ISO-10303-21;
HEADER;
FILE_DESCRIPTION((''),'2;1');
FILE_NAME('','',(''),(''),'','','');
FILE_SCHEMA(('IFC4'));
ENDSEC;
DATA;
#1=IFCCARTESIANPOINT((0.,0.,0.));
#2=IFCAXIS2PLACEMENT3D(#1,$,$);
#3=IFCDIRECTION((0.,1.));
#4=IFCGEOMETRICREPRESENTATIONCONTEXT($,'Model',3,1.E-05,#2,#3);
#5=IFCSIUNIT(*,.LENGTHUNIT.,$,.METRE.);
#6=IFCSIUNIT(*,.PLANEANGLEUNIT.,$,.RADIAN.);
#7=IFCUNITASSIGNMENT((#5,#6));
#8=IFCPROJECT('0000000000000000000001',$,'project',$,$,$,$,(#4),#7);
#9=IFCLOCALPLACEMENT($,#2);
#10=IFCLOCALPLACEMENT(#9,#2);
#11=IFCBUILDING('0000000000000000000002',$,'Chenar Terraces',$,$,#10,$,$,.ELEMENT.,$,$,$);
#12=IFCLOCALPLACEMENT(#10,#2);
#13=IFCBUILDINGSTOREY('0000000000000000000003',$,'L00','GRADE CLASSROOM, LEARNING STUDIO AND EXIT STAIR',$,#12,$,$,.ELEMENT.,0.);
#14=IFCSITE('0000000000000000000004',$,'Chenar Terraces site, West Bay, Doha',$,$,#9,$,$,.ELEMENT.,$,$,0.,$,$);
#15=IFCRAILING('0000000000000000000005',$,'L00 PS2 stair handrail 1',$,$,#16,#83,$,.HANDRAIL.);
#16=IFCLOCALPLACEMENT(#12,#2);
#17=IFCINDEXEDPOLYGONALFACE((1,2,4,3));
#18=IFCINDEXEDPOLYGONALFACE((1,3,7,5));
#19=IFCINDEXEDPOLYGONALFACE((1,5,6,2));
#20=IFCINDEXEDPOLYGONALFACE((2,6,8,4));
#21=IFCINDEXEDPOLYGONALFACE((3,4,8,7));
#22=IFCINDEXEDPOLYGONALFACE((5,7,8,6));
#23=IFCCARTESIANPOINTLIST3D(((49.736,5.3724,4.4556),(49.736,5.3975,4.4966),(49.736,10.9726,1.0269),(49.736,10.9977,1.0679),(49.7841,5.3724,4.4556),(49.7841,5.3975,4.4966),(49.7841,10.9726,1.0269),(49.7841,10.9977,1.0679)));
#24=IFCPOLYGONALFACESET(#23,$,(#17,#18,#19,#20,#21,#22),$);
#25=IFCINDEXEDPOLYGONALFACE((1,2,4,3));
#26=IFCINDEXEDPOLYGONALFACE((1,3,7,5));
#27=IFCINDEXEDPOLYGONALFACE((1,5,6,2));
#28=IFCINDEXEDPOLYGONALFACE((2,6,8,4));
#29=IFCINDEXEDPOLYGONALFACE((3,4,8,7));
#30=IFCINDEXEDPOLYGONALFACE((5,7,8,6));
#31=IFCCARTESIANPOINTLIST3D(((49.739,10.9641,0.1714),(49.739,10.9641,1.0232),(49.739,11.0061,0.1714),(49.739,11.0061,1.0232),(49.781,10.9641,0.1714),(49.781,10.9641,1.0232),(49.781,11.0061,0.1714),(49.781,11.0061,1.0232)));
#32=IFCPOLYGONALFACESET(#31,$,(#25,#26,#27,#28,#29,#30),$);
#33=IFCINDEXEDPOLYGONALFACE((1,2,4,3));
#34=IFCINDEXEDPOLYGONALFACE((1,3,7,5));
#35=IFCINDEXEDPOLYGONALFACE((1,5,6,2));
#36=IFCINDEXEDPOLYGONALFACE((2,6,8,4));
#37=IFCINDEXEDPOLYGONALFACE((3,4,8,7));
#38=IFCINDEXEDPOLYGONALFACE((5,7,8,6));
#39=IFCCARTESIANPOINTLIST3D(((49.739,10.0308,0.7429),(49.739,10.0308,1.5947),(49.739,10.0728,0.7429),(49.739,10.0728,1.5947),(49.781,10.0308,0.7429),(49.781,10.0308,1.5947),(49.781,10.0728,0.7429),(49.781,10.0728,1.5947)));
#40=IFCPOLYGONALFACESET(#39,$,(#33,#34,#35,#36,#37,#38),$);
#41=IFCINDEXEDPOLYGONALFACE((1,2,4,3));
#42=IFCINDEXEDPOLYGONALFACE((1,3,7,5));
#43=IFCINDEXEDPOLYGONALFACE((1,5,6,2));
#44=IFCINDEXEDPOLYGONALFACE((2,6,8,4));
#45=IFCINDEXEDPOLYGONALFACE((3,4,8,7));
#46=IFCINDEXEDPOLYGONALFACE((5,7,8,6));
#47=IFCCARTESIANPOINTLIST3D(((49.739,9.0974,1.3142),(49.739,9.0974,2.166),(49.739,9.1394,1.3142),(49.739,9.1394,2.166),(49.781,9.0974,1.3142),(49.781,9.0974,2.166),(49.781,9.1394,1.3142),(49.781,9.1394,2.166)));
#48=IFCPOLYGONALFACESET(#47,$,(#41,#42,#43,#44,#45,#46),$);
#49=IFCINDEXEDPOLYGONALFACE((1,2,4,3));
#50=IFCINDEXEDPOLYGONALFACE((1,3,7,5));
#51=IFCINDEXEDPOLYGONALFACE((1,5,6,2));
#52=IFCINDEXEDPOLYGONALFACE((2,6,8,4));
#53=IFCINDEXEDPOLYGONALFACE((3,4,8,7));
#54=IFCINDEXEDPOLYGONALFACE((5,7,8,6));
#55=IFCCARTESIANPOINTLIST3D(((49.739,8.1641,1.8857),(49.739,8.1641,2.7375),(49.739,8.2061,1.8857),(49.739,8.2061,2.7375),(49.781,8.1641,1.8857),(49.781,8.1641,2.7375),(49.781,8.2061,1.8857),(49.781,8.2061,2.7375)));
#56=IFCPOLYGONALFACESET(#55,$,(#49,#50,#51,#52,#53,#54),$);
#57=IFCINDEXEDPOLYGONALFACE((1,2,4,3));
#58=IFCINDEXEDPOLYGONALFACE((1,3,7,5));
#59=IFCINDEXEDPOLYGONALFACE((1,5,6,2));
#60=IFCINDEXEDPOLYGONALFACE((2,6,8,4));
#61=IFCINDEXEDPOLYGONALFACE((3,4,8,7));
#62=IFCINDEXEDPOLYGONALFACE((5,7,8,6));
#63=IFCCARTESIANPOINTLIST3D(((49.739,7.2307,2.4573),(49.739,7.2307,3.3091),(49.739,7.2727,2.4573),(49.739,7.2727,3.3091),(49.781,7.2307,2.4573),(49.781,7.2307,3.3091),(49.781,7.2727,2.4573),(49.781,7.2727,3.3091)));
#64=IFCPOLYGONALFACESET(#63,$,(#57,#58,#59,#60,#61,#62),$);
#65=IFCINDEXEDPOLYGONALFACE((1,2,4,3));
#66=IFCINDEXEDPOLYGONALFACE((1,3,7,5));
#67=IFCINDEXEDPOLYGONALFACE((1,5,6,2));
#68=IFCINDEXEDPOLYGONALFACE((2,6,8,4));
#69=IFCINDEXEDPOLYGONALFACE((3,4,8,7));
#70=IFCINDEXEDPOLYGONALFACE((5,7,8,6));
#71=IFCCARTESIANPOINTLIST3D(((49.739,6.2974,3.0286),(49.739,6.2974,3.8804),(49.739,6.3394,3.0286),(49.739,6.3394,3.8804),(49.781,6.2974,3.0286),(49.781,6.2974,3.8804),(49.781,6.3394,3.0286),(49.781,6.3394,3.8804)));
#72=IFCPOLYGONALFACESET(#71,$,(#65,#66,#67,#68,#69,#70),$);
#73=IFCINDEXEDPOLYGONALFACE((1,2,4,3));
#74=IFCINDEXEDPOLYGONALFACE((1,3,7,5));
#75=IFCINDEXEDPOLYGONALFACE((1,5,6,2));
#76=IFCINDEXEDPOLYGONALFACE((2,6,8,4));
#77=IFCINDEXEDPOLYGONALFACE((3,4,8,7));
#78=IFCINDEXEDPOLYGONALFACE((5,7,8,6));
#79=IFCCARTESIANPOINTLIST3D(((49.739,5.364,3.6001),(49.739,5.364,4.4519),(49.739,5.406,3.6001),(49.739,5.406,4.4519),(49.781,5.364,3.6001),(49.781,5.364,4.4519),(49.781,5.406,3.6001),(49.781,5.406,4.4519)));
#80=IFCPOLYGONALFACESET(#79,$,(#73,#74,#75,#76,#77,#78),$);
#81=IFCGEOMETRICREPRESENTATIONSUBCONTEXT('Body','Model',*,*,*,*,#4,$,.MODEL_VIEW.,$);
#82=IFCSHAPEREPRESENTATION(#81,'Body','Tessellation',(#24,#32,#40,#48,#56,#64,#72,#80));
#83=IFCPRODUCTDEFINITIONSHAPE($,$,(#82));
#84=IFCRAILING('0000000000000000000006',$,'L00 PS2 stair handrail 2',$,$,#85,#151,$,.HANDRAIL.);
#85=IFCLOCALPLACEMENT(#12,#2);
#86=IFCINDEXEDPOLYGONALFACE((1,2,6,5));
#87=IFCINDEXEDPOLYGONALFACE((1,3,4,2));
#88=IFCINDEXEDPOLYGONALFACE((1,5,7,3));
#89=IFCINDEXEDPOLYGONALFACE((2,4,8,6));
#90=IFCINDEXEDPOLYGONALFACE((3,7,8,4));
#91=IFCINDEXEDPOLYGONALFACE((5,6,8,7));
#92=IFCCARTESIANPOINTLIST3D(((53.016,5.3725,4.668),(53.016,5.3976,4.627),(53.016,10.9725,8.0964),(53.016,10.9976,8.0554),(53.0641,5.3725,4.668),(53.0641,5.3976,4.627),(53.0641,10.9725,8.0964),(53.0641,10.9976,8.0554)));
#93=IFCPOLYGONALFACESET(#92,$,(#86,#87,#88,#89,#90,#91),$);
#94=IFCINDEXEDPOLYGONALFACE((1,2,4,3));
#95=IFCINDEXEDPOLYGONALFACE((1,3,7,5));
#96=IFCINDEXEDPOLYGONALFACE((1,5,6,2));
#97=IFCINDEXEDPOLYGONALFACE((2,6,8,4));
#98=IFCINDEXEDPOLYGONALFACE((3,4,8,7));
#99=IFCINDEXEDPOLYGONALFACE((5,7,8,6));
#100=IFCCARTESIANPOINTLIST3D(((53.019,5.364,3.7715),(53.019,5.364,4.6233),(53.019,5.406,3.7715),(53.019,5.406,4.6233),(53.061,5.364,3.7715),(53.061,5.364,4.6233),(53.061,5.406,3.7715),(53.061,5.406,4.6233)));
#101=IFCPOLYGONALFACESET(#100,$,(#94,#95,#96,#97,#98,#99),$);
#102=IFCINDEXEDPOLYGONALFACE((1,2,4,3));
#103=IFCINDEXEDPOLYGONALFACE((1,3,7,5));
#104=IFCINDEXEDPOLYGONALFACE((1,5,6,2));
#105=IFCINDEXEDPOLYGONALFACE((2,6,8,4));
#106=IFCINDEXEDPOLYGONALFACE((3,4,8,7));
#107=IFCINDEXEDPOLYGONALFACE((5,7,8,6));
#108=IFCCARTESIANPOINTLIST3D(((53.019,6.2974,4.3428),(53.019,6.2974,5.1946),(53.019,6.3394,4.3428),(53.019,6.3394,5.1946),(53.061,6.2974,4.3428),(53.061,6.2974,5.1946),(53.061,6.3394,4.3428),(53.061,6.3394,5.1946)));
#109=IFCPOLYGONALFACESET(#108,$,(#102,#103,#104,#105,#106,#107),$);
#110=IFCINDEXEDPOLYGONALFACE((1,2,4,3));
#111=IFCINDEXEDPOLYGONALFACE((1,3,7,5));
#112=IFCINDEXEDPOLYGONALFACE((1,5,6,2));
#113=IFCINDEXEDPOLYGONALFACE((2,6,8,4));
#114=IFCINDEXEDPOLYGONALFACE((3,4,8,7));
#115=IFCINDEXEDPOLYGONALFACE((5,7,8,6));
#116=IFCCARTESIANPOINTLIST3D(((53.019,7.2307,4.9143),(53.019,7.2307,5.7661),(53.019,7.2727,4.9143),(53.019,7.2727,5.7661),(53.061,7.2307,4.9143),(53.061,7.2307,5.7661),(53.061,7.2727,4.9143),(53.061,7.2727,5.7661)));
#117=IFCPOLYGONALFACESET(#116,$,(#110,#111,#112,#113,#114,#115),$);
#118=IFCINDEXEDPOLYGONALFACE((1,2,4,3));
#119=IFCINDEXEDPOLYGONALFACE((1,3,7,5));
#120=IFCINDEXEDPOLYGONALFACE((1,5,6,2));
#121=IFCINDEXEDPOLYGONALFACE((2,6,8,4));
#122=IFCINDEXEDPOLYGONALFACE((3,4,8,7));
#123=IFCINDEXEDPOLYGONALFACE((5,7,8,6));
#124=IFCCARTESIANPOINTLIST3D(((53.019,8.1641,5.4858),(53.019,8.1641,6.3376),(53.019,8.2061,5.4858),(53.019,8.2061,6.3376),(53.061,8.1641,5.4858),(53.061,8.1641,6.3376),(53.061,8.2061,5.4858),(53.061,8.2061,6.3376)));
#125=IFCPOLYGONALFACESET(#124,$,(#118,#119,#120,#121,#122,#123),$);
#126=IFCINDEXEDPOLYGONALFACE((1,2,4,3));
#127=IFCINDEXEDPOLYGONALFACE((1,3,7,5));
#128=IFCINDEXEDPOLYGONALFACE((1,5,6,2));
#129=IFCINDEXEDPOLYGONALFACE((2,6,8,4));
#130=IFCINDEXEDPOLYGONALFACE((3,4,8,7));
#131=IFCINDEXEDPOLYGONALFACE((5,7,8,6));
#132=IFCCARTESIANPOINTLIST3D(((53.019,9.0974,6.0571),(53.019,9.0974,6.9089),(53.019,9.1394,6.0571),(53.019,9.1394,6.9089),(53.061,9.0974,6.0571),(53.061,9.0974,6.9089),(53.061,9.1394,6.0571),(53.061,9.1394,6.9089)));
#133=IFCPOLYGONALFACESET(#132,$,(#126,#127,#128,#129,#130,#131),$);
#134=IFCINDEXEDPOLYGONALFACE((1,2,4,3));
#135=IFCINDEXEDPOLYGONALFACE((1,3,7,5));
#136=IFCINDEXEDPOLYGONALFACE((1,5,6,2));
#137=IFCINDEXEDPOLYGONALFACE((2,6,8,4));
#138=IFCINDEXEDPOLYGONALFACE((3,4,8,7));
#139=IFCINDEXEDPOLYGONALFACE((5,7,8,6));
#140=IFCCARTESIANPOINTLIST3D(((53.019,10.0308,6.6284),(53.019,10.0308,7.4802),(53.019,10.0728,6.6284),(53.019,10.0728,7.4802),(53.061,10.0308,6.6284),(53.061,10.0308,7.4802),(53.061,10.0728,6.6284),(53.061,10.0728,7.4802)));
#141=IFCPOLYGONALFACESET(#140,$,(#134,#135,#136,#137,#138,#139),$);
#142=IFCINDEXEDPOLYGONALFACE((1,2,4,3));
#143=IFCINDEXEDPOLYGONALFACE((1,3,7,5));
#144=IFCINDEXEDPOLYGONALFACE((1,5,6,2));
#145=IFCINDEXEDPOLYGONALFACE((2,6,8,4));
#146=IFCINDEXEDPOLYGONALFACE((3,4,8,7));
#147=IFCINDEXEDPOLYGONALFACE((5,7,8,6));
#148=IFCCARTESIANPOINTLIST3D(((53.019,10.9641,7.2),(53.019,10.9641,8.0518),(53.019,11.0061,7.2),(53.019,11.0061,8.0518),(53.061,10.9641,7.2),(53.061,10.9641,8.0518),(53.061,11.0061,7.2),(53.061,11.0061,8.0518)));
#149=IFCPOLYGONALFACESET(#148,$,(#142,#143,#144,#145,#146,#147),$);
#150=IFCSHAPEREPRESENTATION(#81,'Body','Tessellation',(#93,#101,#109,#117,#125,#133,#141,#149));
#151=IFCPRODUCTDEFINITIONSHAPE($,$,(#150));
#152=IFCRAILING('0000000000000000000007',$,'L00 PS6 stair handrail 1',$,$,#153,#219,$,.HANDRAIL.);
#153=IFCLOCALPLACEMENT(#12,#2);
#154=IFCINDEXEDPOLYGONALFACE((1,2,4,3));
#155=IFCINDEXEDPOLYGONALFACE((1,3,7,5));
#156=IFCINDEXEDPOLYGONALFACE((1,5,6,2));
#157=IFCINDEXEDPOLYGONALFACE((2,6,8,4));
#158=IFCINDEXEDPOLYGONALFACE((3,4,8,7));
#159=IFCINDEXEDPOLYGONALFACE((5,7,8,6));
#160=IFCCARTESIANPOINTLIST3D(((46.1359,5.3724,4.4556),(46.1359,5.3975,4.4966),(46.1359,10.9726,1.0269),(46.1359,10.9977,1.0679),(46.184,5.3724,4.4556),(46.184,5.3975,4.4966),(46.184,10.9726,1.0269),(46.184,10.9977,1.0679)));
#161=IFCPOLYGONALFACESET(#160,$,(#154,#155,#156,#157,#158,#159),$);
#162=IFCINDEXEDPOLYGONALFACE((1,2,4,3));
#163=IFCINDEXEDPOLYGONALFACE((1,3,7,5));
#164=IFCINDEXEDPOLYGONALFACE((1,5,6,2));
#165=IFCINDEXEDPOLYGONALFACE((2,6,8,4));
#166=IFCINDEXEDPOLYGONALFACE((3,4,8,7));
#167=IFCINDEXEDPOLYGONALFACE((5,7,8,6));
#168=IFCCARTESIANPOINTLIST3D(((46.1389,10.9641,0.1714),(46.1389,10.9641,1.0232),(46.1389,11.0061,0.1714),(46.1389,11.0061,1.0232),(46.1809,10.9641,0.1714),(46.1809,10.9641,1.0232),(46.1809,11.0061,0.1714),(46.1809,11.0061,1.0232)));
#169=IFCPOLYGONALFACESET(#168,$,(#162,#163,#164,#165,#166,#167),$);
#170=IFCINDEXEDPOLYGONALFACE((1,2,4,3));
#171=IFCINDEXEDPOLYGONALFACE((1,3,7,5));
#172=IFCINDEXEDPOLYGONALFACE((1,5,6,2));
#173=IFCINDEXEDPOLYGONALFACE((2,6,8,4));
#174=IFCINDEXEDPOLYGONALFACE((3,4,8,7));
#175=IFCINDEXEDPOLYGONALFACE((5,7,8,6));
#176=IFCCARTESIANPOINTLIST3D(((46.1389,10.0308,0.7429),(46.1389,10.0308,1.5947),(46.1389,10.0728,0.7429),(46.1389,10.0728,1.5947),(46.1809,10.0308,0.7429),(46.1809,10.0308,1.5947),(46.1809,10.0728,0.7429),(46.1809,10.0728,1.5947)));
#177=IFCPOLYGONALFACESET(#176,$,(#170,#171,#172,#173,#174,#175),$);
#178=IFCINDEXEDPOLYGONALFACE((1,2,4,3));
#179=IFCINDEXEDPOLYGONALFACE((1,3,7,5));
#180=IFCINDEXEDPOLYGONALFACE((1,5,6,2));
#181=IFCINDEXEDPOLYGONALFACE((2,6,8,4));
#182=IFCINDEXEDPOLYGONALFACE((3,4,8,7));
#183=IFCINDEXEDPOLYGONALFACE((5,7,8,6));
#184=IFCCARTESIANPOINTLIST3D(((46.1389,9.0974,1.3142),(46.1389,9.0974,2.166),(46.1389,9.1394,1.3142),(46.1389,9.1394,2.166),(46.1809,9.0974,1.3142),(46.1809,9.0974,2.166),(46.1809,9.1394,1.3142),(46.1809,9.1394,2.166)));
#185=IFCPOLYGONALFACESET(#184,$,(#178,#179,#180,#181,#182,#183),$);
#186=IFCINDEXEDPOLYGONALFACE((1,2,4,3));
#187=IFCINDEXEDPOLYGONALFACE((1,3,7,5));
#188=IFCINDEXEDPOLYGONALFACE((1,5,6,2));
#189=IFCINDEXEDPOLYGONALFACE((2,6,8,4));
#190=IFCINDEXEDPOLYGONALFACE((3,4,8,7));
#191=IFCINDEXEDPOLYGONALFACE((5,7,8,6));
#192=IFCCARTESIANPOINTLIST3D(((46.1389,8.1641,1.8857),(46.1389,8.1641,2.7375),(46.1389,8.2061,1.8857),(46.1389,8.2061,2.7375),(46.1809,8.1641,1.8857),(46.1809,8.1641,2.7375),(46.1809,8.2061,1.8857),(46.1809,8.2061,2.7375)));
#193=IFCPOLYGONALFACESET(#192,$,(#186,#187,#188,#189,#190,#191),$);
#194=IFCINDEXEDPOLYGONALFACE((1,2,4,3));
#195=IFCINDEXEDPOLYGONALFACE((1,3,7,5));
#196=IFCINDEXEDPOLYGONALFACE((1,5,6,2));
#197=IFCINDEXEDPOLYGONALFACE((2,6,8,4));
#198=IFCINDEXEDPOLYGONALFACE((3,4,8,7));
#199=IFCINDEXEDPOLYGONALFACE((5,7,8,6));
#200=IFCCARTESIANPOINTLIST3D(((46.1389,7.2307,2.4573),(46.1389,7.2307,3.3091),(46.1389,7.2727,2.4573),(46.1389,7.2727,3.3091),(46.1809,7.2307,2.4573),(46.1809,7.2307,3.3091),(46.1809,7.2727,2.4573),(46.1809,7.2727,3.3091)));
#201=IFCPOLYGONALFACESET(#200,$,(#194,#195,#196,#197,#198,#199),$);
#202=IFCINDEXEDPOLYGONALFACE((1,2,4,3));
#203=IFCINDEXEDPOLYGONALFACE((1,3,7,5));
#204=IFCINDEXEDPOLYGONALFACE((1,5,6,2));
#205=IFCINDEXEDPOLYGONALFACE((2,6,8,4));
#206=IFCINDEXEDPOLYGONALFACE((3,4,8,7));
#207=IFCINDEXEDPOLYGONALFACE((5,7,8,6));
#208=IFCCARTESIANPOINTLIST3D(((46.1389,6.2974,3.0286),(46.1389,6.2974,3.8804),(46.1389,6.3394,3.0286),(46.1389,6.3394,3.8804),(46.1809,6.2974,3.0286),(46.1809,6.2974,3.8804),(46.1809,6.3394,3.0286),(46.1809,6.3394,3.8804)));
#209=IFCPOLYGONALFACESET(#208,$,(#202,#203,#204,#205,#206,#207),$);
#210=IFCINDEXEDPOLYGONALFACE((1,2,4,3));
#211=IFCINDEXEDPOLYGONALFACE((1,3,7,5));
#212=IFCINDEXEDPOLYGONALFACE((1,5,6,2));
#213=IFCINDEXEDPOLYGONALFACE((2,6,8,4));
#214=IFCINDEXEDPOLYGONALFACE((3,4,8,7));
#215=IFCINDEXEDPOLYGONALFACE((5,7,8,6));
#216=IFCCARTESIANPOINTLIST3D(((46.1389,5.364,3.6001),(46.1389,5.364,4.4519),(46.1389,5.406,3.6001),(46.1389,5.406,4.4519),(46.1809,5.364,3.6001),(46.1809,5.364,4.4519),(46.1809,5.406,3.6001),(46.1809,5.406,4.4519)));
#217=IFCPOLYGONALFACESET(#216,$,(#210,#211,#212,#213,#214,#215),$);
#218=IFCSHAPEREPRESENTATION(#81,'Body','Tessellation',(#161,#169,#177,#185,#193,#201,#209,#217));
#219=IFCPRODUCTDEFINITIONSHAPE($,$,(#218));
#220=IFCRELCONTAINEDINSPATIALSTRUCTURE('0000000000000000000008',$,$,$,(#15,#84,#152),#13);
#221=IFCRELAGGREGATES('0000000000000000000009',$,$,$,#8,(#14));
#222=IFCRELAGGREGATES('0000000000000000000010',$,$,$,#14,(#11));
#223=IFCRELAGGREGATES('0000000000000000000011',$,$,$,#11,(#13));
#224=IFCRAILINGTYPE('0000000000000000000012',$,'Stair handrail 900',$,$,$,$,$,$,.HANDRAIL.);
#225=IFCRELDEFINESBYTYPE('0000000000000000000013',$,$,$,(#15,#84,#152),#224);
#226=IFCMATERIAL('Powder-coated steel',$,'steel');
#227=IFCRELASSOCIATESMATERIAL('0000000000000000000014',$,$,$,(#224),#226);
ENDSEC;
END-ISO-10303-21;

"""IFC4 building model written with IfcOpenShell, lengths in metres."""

from ifc_helpers import new_model, si_unit, direction, frame, origin, origin_2d, place, context, subcontext, project, spatial, rectangle, extrude, material, type_object, element, save


model = new_model("IFC4")

# Units and contexts
model_context = context("Model", 3, precision=1e-05, world=origin(), true_north=direction((0.0, 1.0)))
body_context = subcontext(model_context, "Body", "Model", "MODEL_VIEW")
ifc_project = project(units=[si_unit("LENGTHUNIT", "METRE"), si_unit("PLANEANGLEUNIT", "RADIAN")], contexts=[model_context])

# Site, building, storey
site_placement = place(None, origin())
site = spatial("IfcSite", under=ifc_project, at=site_placement, Name="Chenar Terraces site, West Bay, Doha", CompositionType="ELEMENT", RefElevation=0.0)
building_placement = place(site_placement, origin())
building = spatial("IfcBuilding", under=site, at=building_placement, Name="Chenar Terraces", CompositionType="ELEMENT")
storey_placement = place(building_placement, origin())
storey = spatial("IfcBuildingStorey", under=building, at=storey_placement, Name="L00", Description="GRADE CLASSROOM, LEARNING STUDIO AND EXIT STAIR", CompositionType="ELEMENT", Elevation=0.0)

# Railings
ifc_material_1 = material(Name="Powder-coated steel", Category="steel")
railing_type_1 = type_object("IfcRailingType", Name="Stair handrail 900", PredefinedType="HANDRAIL", material=ifc_material_1)
railing_1_placement = place(storey_placement, frame((49.76, 10.9851, 0.1714)))
element("IfcRailing", 1, at=railing_1_placement, inside=storey, type_object=railing_type_1, Name="L00 PS2 stair handrail 1", PredefinedType="HANDRAIL", context=body_context, shape_type="SweptSolid", body=[
    extrude(rectangle(XDim=0.0481, YDim=0.0481, at=origin_2d()), frame((0.0, 0.0, 0.876), z_axis=(0.0, -0.852846, 0.522163), x_axis=(1.0, 0.0, 0.0)), (0.0, 0.0, 1.0), 6.5664),
    extrude(rectangle(XDim=0.042, YDim=0.042, at=origin_2d()), origin(), (0.0, 0.0, 1.0), 0.8518),
    extrude(rectangle(XDim=0.042, YDim=0.042, at=origin_2d()), frame((0.0, -0.9333, 0.5715)), (0.0, 0.0, 1.0), 0.8518),
    extrude(rectangle(XDim=0.042, YDim=0.042, at=origin_2d()), frame((0.0, -1.8667, 1.1428)), (0.0, 0.0, 1.0), 0.8518),
    extrude(rectangle(XDim=0.042, YDim=0.042, at=origin_2d()), frame((0.0, -2.8, 1.7144)), (0.0, 0.0, 1.0), 0.8518),
    extrude(rectangle(XDim=0.042, YDim=0.042, at=origin_2d()), frame((0.0, -3.7334, 2.2859)), (0.0, 0.0, 1.0), 0.8518),
    extrude(rectangle(XDim=0.042, YDim=0.042, at=origin_2d()), frame((0.0, -4.6667, 2.8572)), (0.0, 0.0, 1.0), 0.8518),
    extrude(rectangle(XDim=0.042, YDim=0.042, at=origin_2d()), frame((0.0, -5.6001, 3.4287)), (0.0, 0.0, 1.0), 0.8518),
])
railing_2_placement = place(storey_placement, frame((53.04, 5.385, 3.7715)))
element("IfcRailing", 2, at=railing_2_placement, inside=storey, type_object=railing_type_1, Name="L00 PS2 stair handrail 2", PredefinedType="HANDRAIL", context=body_context, shape_type="SweptSolid", body=[
    extrude(rectangle(XDim=0.0481, YDim=0.0481, at=origin_2d()), frame((0.0, 0.0, 0.876), z_axis=(0.0, 0.852862, 0.522136), x_axis=(-1.0, 0.0, 0.0)), (0.0, 0.0, 1.0), 6.5662),
    extrude(rectangle(XDim=0.042, YDim=0.042, at=origin_2d()), origin(), (0.0, 0.0, 1.0), 0.8518),
    extrude(rectangle(XDim=0.042, YDim=0.042, at=origin_2d()), frame((0.0, 0.9333, 0.5713)), (0.0, 0.0, 1.0), 0.8518),
    extrude(rectangle(XDim=0.042, YDim=0.042, at=origin_2d()), frame((0.0, 1.8667, 1.1428)), (0.0, 0.0, 1.0), 0.8518),
    extrude(rectangle(XDim=0.042, YDim=0.042, at=origin_2d()), frame((0.0, 2.8, 1.7144)), (0.0, 0.0, 1.0), 0.8518),
    extrude(rectangle(XDim=0.042, YDim=0.042, at=origin_2d()), frame((0.0, 3.7334, 2.2856)), (0.0, 0.0, 1.0), 0.8518),
    extrude(rectangle(XDim=0.042, YDim=0.042, at=origin_2d()), frame((0.0, 4.6667, 2.8569)), (0.0, 0.0, 1.0), 0.8518),
    extrude(rectangle(XDim=0.042, YDim=0.042, at=origin_2d()), frame((0.0, 5.6001, 3.4285)), (0.0, 0.0, 1.0), 0.8518),
])
railing_3_placement = place(storey_placement, frame((46.1599, 10.9851, 0.1714)))
element("IfcRailing", 3, at=railing_3_placement, inside=storey, type_object=railing_type_1, Name="L00 PS6 stair handrail 1", PredefinedType="HANDRAIL", context=body_context, shape_type="SweptSolid", body=[
    extrude(rectangle(XDim=0.0481, YDim=0.0481, at=origin_2d()), frame((0.0, 0.0, 0.876), z_axis=(0.0, -0.852846, 0.522163), x_axis=(1.0, 0.0, 0.0)), (0.0, 0.0, 1.0), 6.5664),
    extrude(rectangle(XDim=0.042, YDim=0.042, at=origin_2d()), origin(), (0.0, 0.0, 1.0), 0.8518),
    extrude(rectangle(XDim=0.042, YDim=0.042, at=origin_2d()), frame((0.0, -0.9333, 0.5715)), (0.0, 0.0, 1.0), 0.8518),
    extrude(rectangle(XDim=0.042, YDim=0.042, at=origin_2d()), frame((0.0, -1.8667, 1.1428)), (0.0, 0.0, 1.0), 0.8518),
    extrude(rectangle(XDim=0.042, YDim=0.042, at=origin_2d()), frame((0.0, -2.8, 1.7144)), (0.0, 0.0, 1.0), 0.8518),
    extrude(rectangle(XDim=0.042, YDim=0.042, at=origin_2d()), frame((0.0, -3.7334, 2.2859)), (0.0, 0.0, 1.0), 0.8518),
    extrude(rectangle(XDim=0.042, YDim=0.042, at=origin_2d()), frame((0.0, -4.6667, 2.8572)), (0.0, 0.0, 1.0), 0.8518),
    extrude(rectangle(XDim=0.042, YDim=0.042, at=origin_2d()), frame((0.0, -5.6001, 3.4287)), (0.0, 0.0, 1.0), 0.8518),
])

save(model, "model.ifc")
